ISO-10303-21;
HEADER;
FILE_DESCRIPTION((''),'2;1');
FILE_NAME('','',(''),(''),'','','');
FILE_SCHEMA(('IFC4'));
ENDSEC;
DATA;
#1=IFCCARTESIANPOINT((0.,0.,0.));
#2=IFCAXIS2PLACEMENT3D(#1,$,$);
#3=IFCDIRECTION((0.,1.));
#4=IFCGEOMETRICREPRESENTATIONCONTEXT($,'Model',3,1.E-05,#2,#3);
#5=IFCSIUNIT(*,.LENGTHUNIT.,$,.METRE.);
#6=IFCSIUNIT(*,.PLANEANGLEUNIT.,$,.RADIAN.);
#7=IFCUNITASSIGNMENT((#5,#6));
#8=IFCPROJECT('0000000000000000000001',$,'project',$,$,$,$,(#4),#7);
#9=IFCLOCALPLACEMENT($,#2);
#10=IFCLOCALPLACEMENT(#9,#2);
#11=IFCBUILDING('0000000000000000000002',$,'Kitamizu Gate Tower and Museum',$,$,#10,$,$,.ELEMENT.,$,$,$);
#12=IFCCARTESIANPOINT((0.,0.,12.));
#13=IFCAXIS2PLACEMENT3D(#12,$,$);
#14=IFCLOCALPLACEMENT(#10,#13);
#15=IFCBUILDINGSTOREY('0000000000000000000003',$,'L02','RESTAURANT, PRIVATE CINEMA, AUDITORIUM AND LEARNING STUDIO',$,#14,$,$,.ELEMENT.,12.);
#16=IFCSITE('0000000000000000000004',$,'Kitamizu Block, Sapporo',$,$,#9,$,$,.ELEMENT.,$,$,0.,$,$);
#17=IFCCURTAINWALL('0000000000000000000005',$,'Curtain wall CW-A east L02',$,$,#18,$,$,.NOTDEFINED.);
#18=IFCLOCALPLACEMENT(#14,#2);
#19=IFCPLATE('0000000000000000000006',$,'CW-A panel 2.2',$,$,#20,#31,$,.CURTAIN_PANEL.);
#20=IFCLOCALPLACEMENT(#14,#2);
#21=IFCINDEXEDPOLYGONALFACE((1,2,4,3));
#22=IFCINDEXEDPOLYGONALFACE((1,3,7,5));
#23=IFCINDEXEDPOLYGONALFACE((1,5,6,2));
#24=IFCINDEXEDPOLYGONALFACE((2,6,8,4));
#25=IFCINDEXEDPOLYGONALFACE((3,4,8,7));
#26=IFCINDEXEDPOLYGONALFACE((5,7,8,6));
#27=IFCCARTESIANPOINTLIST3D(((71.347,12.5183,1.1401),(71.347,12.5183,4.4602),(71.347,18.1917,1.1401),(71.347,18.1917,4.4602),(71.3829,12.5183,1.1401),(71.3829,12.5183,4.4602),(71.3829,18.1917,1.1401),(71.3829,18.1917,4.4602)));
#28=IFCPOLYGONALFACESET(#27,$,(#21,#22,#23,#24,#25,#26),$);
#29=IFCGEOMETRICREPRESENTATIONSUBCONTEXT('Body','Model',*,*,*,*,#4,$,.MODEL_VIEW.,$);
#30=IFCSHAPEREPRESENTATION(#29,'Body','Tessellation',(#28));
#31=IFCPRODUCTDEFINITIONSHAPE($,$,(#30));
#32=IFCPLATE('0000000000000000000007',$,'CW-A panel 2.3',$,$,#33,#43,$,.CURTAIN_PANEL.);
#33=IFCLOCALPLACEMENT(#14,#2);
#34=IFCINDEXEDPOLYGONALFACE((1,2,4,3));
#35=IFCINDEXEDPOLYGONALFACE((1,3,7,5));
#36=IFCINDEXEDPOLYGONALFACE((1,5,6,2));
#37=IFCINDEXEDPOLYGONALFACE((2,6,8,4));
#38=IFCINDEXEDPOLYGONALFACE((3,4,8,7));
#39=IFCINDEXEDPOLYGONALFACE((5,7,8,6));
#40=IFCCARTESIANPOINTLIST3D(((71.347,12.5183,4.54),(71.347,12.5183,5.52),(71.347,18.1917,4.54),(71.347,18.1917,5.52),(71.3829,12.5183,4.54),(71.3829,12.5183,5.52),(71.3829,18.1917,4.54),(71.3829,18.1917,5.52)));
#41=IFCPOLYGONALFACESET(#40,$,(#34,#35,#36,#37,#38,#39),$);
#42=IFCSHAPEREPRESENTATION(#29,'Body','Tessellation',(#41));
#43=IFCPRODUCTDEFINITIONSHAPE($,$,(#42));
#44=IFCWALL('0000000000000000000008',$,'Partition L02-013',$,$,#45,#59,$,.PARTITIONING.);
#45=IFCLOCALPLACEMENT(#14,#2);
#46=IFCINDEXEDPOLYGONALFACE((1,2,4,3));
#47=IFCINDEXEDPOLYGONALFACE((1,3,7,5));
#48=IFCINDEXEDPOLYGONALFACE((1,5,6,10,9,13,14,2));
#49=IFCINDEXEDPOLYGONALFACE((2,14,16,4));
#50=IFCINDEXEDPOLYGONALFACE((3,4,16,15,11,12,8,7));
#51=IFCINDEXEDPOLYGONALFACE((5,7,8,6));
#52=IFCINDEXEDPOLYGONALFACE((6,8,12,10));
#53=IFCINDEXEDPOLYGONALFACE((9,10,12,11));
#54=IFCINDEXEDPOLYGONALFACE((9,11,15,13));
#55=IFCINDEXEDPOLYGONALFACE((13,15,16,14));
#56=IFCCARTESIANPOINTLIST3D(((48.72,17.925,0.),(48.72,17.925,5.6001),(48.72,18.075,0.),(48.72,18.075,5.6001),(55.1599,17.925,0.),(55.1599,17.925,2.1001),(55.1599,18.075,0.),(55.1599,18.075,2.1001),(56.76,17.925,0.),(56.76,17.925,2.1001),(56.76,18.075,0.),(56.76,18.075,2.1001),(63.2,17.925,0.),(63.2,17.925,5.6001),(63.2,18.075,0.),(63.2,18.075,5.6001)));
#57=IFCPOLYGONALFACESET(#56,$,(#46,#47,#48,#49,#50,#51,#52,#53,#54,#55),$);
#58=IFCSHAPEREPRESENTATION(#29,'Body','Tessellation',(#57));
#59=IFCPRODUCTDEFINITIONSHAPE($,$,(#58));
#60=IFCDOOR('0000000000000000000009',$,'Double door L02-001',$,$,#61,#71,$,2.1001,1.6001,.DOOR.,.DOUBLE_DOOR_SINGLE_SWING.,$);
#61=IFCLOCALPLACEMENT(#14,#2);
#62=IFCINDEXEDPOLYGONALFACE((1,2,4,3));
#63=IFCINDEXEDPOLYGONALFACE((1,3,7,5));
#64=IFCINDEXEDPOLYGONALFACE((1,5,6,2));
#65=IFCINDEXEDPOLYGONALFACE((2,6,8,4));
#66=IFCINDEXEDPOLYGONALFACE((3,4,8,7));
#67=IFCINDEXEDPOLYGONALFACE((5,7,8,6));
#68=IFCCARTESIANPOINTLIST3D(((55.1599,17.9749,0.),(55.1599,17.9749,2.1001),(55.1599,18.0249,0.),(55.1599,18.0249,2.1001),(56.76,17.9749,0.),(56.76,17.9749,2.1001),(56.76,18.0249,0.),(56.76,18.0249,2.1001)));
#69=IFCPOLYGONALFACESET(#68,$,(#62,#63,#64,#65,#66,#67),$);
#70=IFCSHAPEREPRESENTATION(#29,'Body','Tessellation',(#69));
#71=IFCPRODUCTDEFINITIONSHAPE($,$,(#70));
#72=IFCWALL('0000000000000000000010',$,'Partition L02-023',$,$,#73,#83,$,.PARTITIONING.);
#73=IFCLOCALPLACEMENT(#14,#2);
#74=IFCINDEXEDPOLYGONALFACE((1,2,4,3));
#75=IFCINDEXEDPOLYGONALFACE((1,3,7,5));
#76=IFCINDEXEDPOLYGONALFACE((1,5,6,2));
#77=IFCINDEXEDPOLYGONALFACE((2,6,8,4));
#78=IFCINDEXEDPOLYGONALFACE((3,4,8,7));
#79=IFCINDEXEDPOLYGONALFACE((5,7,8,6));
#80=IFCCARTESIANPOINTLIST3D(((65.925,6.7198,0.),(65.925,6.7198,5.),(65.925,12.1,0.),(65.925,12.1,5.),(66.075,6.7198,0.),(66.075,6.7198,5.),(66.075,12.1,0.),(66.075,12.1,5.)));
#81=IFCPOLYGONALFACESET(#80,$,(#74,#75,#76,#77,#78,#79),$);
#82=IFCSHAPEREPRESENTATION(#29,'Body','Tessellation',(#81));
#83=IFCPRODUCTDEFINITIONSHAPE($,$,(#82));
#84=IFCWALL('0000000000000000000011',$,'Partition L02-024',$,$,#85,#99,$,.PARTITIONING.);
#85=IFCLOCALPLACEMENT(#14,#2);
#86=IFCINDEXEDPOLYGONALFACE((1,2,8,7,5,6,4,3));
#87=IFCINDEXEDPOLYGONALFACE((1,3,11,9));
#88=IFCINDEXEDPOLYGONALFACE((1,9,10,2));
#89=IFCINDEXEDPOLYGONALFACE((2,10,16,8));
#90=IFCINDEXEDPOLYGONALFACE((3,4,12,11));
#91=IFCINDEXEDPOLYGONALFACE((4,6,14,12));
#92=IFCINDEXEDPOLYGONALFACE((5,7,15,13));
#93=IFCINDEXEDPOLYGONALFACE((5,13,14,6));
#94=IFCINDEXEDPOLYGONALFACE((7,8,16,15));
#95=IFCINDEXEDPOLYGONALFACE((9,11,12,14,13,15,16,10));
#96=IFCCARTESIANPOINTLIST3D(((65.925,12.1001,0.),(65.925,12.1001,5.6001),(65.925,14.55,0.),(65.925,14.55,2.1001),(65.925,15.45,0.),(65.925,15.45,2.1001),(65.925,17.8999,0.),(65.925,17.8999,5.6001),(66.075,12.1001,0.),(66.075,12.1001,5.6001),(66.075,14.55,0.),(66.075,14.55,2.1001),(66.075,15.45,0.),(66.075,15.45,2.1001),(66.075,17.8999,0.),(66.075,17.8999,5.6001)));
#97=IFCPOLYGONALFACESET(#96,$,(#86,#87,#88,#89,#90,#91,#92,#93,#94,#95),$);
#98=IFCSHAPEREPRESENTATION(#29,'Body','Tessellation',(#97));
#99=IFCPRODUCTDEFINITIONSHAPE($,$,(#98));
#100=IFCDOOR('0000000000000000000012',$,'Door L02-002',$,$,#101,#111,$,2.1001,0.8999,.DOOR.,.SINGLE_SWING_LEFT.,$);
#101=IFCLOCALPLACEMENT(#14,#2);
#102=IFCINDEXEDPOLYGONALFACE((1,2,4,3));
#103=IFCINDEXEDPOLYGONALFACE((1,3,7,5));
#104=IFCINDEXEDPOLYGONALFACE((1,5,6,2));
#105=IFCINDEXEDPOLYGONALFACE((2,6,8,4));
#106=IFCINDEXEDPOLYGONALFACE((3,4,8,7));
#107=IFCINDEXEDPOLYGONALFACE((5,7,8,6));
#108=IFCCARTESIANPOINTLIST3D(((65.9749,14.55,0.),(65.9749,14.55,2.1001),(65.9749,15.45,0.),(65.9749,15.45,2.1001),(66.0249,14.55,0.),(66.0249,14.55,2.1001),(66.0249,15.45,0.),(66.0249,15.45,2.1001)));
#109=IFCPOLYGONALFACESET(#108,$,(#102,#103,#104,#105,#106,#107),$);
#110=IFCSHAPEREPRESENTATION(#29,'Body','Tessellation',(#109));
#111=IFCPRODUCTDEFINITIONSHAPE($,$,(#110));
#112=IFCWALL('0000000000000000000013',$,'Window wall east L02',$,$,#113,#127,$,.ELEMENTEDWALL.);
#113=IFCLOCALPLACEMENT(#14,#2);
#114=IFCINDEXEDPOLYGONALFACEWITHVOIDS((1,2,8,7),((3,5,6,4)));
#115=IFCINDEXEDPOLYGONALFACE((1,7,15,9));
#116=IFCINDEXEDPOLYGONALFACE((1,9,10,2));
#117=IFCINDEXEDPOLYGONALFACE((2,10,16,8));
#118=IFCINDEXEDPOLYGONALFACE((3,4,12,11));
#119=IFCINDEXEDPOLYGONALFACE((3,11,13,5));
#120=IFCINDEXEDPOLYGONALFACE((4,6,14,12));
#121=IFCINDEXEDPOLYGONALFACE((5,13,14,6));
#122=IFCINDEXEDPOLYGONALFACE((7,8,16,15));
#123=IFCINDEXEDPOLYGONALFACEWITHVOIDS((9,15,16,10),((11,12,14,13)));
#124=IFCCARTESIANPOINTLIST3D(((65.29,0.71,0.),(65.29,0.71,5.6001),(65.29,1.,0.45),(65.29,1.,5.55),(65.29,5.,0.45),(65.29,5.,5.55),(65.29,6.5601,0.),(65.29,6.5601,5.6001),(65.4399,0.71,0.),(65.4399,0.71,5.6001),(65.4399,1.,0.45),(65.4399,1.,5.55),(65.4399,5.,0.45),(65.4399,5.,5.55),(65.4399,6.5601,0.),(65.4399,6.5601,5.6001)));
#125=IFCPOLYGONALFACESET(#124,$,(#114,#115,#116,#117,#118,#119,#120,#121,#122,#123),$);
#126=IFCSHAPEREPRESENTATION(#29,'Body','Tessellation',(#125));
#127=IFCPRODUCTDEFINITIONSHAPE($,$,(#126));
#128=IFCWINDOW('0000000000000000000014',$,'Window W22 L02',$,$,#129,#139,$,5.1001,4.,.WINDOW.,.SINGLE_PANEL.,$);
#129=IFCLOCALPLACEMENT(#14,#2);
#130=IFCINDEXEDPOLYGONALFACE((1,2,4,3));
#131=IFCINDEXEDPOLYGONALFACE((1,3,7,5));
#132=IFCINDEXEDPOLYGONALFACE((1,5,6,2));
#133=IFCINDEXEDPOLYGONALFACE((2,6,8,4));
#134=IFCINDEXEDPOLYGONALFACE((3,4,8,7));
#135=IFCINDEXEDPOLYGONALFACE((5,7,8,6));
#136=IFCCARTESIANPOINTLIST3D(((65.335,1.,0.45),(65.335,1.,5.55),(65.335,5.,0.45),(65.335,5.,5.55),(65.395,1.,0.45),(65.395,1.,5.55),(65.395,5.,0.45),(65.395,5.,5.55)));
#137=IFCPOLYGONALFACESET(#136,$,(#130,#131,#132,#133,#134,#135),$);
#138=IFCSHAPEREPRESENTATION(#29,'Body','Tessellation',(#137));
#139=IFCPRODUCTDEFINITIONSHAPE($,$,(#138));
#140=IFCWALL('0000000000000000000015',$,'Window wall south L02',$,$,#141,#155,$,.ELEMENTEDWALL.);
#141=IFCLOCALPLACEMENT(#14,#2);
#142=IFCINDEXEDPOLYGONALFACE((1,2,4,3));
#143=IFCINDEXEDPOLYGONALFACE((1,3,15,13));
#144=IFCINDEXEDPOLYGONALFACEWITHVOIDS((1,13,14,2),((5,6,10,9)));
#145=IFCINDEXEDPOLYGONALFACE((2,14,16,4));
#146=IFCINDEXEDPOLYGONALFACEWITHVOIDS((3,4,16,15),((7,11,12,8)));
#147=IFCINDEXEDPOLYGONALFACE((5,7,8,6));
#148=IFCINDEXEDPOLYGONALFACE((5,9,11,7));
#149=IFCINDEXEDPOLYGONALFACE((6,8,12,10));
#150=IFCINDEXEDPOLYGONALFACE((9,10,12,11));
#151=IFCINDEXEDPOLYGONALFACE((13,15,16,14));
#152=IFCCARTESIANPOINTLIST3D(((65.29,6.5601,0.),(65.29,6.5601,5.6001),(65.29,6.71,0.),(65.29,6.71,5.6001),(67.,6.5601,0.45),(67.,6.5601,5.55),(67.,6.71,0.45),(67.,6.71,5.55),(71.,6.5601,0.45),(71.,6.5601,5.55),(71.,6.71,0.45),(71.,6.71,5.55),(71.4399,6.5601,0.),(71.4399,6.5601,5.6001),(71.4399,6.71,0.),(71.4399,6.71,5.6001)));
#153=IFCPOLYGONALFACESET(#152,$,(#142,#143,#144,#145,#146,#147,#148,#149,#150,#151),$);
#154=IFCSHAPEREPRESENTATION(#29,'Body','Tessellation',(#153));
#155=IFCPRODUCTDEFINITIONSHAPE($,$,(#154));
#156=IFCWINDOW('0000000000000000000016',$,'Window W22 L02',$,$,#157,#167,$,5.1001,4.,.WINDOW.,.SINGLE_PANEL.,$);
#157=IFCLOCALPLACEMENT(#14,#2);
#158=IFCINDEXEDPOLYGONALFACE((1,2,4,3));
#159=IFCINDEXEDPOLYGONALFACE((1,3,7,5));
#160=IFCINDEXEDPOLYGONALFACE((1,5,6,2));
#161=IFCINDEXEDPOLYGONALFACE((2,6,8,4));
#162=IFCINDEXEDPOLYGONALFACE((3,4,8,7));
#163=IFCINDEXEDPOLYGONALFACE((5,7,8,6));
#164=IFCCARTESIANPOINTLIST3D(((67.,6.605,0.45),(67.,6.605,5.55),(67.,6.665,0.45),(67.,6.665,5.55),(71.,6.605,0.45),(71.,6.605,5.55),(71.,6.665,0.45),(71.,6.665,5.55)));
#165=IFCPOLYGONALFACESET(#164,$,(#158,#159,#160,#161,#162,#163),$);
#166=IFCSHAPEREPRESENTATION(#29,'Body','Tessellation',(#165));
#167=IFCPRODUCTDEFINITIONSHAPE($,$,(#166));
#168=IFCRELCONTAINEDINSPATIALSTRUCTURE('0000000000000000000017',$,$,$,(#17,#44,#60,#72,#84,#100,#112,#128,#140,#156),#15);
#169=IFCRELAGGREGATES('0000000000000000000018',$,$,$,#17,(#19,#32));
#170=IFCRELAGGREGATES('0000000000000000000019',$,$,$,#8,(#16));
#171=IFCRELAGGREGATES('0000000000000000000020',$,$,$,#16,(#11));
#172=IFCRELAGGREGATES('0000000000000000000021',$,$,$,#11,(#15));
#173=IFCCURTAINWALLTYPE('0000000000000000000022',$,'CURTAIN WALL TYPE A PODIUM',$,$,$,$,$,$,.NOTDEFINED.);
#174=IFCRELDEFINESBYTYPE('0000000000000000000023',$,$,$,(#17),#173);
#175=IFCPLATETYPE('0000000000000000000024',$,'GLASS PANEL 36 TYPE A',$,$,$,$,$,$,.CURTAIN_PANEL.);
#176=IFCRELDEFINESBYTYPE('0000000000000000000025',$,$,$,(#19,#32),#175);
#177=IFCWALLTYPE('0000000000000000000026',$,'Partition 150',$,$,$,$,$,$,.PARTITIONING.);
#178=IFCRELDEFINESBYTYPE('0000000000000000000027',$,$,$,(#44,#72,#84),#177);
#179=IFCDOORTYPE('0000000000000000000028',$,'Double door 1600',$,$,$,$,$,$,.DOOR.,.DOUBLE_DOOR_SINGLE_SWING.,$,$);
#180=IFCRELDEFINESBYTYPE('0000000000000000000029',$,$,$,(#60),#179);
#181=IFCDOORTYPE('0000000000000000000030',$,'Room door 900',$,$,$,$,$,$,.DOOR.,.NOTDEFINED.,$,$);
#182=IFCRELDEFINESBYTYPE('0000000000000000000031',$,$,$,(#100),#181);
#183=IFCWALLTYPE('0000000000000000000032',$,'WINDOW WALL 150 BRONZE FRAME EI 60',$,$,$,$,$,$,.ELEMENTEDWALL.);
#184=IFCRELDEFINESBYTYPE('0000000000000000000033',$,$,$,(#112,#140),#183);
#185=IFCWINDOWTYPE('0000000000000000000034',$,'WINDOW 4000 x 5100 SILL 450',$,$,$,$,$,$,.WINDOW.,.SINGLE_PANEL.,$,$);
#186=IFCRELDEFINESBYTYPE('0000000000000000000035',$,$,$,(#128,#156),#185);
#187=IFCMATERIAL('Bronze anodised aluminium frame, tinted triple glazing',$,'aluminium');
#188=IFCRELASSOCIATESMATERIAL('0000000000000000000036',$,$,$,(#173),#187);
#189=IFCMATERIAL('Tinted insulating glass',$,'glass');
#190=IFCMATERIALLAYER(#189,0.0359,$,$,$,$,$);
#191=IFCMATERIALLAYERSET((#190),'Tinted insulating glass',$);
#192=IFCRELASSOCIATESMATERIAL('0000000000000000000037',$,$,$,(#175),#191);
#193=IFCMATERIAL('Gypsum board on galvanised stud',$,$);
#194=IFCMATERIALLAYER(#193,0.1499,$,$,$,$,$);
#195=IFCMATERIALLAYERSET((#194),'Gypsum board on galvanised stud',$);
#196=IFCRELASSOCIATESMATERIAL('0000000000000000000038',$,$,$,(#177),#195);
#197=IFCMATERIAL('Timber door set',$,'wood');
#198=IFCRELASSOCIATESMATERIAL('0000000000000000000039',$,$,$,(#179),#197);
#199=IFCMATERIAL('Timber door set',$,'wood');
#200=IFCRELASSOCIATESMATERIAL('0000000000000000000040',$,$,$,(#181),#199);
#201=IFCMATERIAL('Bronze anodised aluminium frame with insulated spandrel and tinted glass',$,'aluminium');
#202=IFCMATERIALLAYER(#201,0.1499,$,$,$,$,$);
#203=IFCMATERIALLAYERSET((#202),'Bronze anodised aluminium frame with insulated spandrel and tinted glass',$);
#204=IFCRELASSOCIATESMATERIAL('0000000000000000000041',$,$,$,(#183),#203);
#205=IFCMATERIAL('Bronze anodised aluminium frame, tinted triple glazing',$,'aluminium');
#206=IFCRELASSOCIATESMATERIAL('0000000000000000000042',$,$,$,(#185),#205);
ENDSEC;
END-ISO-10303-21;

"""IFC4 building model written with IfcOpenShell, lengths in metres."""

from ifc_helpers import new_model, si_unit, direction, frame, frame_2d, origin, origin_2d, place, context, subcontext, project, spatial, rectangle, extrude, material, layer, layer_set, type_object, element, fill, aggregate, save


model = new_model("IFC4")

# Units and contexts
model_context = context("Model", 3, precision=1e-05, world=origin(), true_north=direction((0.0, 1.0)))
body_context = subcontext(model_context, "Body", "Model", "MODEL_VIEW")
ifc_project = project(units=[si_unit("LENGTHUNIT", "METRE"), si_unit("PLANEANGLEUNIT", "RADIAN")], contexts=[model_context])

# Site, building, storey
site_placement = place(None, origin())
site = spatial("IfcSite", under=ifc_project, at=site_placement, Name="Kitamizu Block, Sapporo", CompositionType="ELEMENT", RefElevation=0.0)
building_placement = place(site_placement, origin())
building = spatial("IfcBuilding", under=site, at=building_placement, Name="Kitamizu Gate Tower and Museum", CompositionType="ELEMENT")
storey_placement = place(building_placement, frame((0.0, 0.0, 12.0)))
storey = spatial("IfcBuildingStorey", under=building, at=storey_placement, Name="L02", Description="RESTAURANT, PRIVATE CINEMA, AUDITORIUM AND LEARNING STUDIO", CompositionType="ELEMENT", Elevation=12.0)

# Curtain wall, plates
ifc_material_1 = material(Name="Bronze anodised aluminium frame, tinted triple glazing", Category="aluminium")
curtain_wall_type = type_object("IfcCurtainWallType", Name="CURTAIN WALL TYPE A PODIUM", PredefinedType="NOTDEFINED", material=ifc_material_1)
curtain_wall_placement = place(storey_placement, origin())
curtain_wall = element("IfcCurtainWall", 1, at=curtain_wall_placement, inside=storey, type_object=curtain_wall_type, Name="Curtain wall CW-A east L02", PredefinedType="NOTDEFINED")
ifc_material_2 = material(Name="Tinted insulating glass", Category="glass")
ifc_layer_1 = layer(ifc_material_2, 0.0359)
ifc_layer_set_1 = layer_set([ifc_layer_1], Name="Tinted insulating glass")
plate_type = type_object("IfcPlateType", Name="GLASS PANEL 36 TYPE A", PredefinedType="CURTAIN_PANEL", material=ifc_layer_set_1)
plate_1_placement = place(storey_placement, frame((71.365, 15.355, 1.1401), z_axis=(0.0, 0.0, 1.0), x_axis=(0.0, 1.0, 0.0)))
plate_1 = element("IfcPlate", 2, at=plate_1_placement, type_object=plate_type, Name="CW-A panel 2.2", PredefinedType="CURTAIN_PANEL", context=body_context, shape_type="SweptSolid", body=[
    extrude(rectangle(XDim=5.6733, YDim=0.0359, at=origin_2d()), origin(), (0.0, 0.0, 1.0), 3.3201),
])
plate_2_placement = place(storey_placement, frame((71.365, 15.355, 4.54), z_axis=(0.0, 0.0, 1.0), x_axis=(0.0, 1.0, 0.0)))
plate_2 = element("IfcPlate", 3, at=plate_2_placement, type_object=plate_type, Name="CW-A panel 2.3", PredefinedType="CURTAIN_PANEL", context=body_context, shape_type="SweptSolid", body=[
    extrude(rectangle(XDim=5.6733, YDim=0.0359, at=origin_2d()), origin(), (0.0, 0.0, 1.0), 0.98),
])
aggregate(curtain_wall, [plate_1, plate_2])

# Wall, opening, door
ifc_material_3 = material(Name="Gypsum board on galvanised stud")
ifc_layer_2 = layer(ifc_material_3, 0.1499)
ifc_layer_set_2 = layer_set([ifc_layer_2], Name="Gypsum board on galvanised stud")
wall_type_1 = type_object("IfcWallType", Name="Partition 150", PredefinedType="PARTITIONING", material=ifc_layer_set_2)
wall_1_placement = place(storey_placement, frame((48.72, 18.0, 0.0), z_axis=(0.0, 0.0, 1.0), x_axis=(1.0, 0.0, 0.0)))
wall_1 = element("IfcWall", 4, at=wall_1_placement, inside=storey, type_object=wall_type_1, Name="Partition L02-013", PredefinedType="PARTITIONING", context=body_context, shape_type="SweptSolid", body=[
    extrude(rectangle(XDim=14.48, YDim=0.1499, at=frame_2d((7.24, 0.0))), origin(), (0.0, 0.0, 1.0), 5.6001),
])
opening_1_placement = place(wall_1_placement, frame((6.4399, 0.0, 0.0)))
opening_1 = element("IfcOpeningElement", 5, at=opening_1_placement, cuts=wall_1, PredefinedType="OPENING", context=body_context, shape_type="SweptSolid", body=[
    extrude(rectangle(XDim=1.6001, YDim=2.1001, at=frame_2d((0.8, 1.05))), frame((0.0, 0.085, 0.0), z_axis=(0.0, -1.0, 0.0), x_axis=(1.0, 0.0, 0.0)), (0.0, 0.0, 1.0), 0.1699),
])
ifc_material_4 = material(Name="Timber door set", Category="wood")
door_type_1 = type_object("IfcDoorType", Name="Double door 1600", OperationType="DOUBLE_DOOR_SINGLE_SWING", PredefinedType="DOOR", material=ifc_material_4)
door_1_placement = place(opening_1_placement, origin())
door_1 = element("IfcDoor", 6, at=door_1_placement, inside=storey, type_object=door_type_1, Name="Double door L02-001", OperationType="DOUBLE_DOOR_SINGLE_SWING", OverallHeight=2.1001, OverallWidth=1.6001, PredefinedType="DOOR", context=body_context, shape_type="SweptSolid", body=[
    extrude(rectangle(XDim=1.6001, YDim=2.1001, at=frame_2d((0.8, 1.05))), frame((0.0, 0.0249, 0.0), z_axis=(0.0, -1.0, 0.0), x_axis=(1.0, 0.0, 0.0)), (0.0, 0.0, 1.0), 0.05),
])
fill(opening_1, door_1)

# Wall
wall_2_placement = place(storey_placement, frame((66.0, 6.72, 0.0), z_axis=(0.0, 0.0, 1.0), x_axis=(0.0, 1.0, 0.0)))
element("IfcWall", 7, at=wall_2_placement, inside=storey, type_object=wall_type_1, Name="Partition L02-023", PredefinedType="PARTITIONING", context=body_context, shape_type="SweptSolid", body=[
    extrude(rectangle(XDim=5.3801, YDim=0.1499, at=frame_2d((2.6899, 0.0))), origin(), (0.0, 0.0, 1.0), 5.0),
])

# Wall, opening, door
wall_3_placement = place(storey_placement, frame((66.0, 12.1001, 0.0), z_axis=(0.0, 0.0, 1.0), x_axis=(0.0, 1.0, 0.0)))
wall_3 = element("IfcWall", 8, at=wall_3_placement, inside=storey, type_object=wall_type_1, Name="Partition L02-024", PredefinedType="PARTITIONING", context=body_context, shape_type="SweptSolid", body=[
    extrude(rectangle(XDim=5.7998, YDim=0.1499, at=frame_2d((2.8999, 0.0))), origin(), (0.0, 0.0, 1.0), 5.6001),
])
opening_2_placement = place(wall_3_placement, frame((2.45, 0.0, 0.0)))
opening_2 = element("IfcOpeningElement", 9, at=opening_2_placement, cuts=wall_3, PredefinedType="OPENING", context=body_context, shape_type="SweptSolid", body=[
    extrude(rectangle(XDim=0.8999, YDim=2.1001, at=frame_2d((0.45, 1.05))), frame((0.0, 0.085, 0.0), z_axis=(0.0, -1.0, 0.0), x_axis=(1.0, 0.0, 0.0)), (0.0, 0.0, 1.0), 0.1699),
])
ifc_material_5 = material(Name="Timber door set", Category="wood")
door_type_2 = type_object("IfcDoorType", Name="Room door 900", OperationType="NOTDEFINED", PredefinedType="DOOR", material=ifc_material_5)
door_2_placement = place(opening_2_placement, frame((0.8999, 0.0, 0.0), x_axis=(-1.0, 0.0, 0.0)))
door_2 = element("IfcDoor", 10, at=door_2_placement, inside=storey, type_object=door_type_2, Name="Door L02-002", OperationType="SINGLE_SWING_LEFT", OverallHeight=2.1001, OverallWidth=0.8999, PredefinedType="DOOR", context=body_context, shape_type="SweptSolid", body=[
    extrude(rectangle(XDim=0.8999, YDim=2.1001, at=frame_2d((0.45, 1.05))), frame((0.0, 0.0249, 0.0), z_axis=(0.0, -1.0, 0.0), x_axis=(1.0, 0.0, 0.0)), (0.0, 0.0, 1.0), 0.05),
])
fill(opening_2, door_2)

# Walls, openings, windows
ifc_material_6 = material(Name="Bronze anodised aluminium frame with insulated spandrel and tinted glass", Category="aluminium")
ifc_layer_3 = layer(ifc_material_6, 0.1499)
ifc_layer_set_3 = layer_set([ifc_layer_3], Name="Bronze anodised aluminium frame with insulated spandrel and tinted glass")
wall_type_2 = type_object("IfcWallType", Name="WINDOW WALL 150 BRONZE FRAME EI 60", PredefinedType="ELEMENTEDWALL", material=ifc_layer_set_3)
wall_4_placement = place(storey_placement, frame((65.365, 0.71, 0.0), z_axis=(0.0, 0.0, 1.0), x_axis=(0.0, 1.0, 0.0)))
wall_4 = element("IfcWall", 11, at=wall_4_placement, inside=storey, type_object=wall_type_2, Name="Window wall east L02", PredefinedType="ELEMENTEDWALL", context=body_context, shape_type="SweptSolid", body=[
    extrude(rectangle(XDim=5.8501, YDim=0.1499, at=frame_2d((2.925, 0.0))), origin(), (0.0, 0.0, 1.0), 5.6001),
])
opening_3_placement = place(wall_4_placement, frame((0.29, 0.0, 0.45)))
opening_3 = element("IfcOpeningElement", 12, at=opening_3_placement, cuts=wall_4, PredefinedType="OPENING", context=body_context, shape_type="SweptSolid", body=[
    extrude(rectangle(XDim=4.0, YDim=5.1001, at=frame_2d((2.0, 2.55))), frame((0.0, 0.085, 0.0), z_axis=(0.0, -1.0, 0.0), x_axis=(1.0, 0.0, 0.0)), (0.0, 0.0, 1.0), 0.1699),
])
ifc_material_7 = material(Name="Bronze anodised aluminium frame, tinted triple glazing", Category="aluminium")
window_type = type_object("IfcWindowType", Name="WINDOW 4000 x 5100 SILL 450", PartitioningType="SINGLE_PANEL", PredefinedType="WINDOW", material=ifc_material_7)
window_1_placement = place(opening_3_placement, origin())
window_1 = element("IfcWindow", 13, at=window_1_placement, inside=storey, type_object=window_type, Name="Window W22 L02", OverallHeight=5.1001, OverallWidth=4.0, PartitioningType="SINGLE_PANEL", PredefinedType="WINDOW", context=body_context, shape_type="SweptSolid", body=[
    extrude(rectangle(XDim=4.0, YDim=5.1001, at=frame_2d((2.0, 2.55))), frame((0.0, 0.03, 0.0), z_axis=(0.0, -1.0, 0.0), x_axis=(1.0, 0.0, 0.0)), (0.0, 0.0, 1.0), 0.0601),
])
fill(opening_3, window_1)
wall_5_placement = place(storey_placement, frame((65.29, 6.635, 0.0), z_axis=(0.0, 0.0, 1.0), x_axis=(1.0, 0.0, 0.0)))
wall_5 = element("IfcWall", 14, at=wall_5_placement, inside=storey, type_object=wall_type_2, Name="Window wall south L02", PredefinedType="ELEMENTEDWALL", context=body_context, shape_type="SweptSolid", body=[
    extrude(rectangle(XDim=6.1499, YDim=0.1499, at=frame_2d((3.075, 0.0))), origin(), (0.0, 0.0, 1.0), 5.6001),
])
opening_4_placement = place(wall_5_placement, frame((1.71, 0.0, 0.45)))
opening_4 = element("IfcOpeningElement", 15, at=opening_4_placement, cuts=wall_5, PredefinedType="OPENING", context=body_context, shape_type="SweptSolid", body=[
    extrude(rectangle(XDim=4.0, YDim=5.1001, at=frame_2d((2.0, 2.55))), frame((0.0, 0.085, 0.0), z_axis=(0.0, -1.0, 0.0), x_axis=(1.0, 0.0, 0.0)), (0.0, 0.0, 1.0), 0.1699),
])
window_2_placement = place(opening_4_placement, origin())
window_2 = element("IfcWindow", 16, at=window_2_placement, inside=storey, type_object=window_type, Name="Window W22 L02", OverallHeight=5.1001, OverallWidth=4.0, PartitioningType="SINGLE_PANEL", PredefinedType="WINDOW", context=body_context, shape_type="SweptSolid", body=[
    extrude(rectangle(XDim=4.0, YDim=5.1001, at=frame_2d((2.0, 2.55))), frame((0.0, 0.03, 0.0), z_axis=(0.0, -1.0, 0.0), x_axis=(1.0, 0.0, 0.0)), (0.0, 0.0, 1.0), 0.0601),
])
fill(opening_4, window_2)

save(model, "model.ifc")
